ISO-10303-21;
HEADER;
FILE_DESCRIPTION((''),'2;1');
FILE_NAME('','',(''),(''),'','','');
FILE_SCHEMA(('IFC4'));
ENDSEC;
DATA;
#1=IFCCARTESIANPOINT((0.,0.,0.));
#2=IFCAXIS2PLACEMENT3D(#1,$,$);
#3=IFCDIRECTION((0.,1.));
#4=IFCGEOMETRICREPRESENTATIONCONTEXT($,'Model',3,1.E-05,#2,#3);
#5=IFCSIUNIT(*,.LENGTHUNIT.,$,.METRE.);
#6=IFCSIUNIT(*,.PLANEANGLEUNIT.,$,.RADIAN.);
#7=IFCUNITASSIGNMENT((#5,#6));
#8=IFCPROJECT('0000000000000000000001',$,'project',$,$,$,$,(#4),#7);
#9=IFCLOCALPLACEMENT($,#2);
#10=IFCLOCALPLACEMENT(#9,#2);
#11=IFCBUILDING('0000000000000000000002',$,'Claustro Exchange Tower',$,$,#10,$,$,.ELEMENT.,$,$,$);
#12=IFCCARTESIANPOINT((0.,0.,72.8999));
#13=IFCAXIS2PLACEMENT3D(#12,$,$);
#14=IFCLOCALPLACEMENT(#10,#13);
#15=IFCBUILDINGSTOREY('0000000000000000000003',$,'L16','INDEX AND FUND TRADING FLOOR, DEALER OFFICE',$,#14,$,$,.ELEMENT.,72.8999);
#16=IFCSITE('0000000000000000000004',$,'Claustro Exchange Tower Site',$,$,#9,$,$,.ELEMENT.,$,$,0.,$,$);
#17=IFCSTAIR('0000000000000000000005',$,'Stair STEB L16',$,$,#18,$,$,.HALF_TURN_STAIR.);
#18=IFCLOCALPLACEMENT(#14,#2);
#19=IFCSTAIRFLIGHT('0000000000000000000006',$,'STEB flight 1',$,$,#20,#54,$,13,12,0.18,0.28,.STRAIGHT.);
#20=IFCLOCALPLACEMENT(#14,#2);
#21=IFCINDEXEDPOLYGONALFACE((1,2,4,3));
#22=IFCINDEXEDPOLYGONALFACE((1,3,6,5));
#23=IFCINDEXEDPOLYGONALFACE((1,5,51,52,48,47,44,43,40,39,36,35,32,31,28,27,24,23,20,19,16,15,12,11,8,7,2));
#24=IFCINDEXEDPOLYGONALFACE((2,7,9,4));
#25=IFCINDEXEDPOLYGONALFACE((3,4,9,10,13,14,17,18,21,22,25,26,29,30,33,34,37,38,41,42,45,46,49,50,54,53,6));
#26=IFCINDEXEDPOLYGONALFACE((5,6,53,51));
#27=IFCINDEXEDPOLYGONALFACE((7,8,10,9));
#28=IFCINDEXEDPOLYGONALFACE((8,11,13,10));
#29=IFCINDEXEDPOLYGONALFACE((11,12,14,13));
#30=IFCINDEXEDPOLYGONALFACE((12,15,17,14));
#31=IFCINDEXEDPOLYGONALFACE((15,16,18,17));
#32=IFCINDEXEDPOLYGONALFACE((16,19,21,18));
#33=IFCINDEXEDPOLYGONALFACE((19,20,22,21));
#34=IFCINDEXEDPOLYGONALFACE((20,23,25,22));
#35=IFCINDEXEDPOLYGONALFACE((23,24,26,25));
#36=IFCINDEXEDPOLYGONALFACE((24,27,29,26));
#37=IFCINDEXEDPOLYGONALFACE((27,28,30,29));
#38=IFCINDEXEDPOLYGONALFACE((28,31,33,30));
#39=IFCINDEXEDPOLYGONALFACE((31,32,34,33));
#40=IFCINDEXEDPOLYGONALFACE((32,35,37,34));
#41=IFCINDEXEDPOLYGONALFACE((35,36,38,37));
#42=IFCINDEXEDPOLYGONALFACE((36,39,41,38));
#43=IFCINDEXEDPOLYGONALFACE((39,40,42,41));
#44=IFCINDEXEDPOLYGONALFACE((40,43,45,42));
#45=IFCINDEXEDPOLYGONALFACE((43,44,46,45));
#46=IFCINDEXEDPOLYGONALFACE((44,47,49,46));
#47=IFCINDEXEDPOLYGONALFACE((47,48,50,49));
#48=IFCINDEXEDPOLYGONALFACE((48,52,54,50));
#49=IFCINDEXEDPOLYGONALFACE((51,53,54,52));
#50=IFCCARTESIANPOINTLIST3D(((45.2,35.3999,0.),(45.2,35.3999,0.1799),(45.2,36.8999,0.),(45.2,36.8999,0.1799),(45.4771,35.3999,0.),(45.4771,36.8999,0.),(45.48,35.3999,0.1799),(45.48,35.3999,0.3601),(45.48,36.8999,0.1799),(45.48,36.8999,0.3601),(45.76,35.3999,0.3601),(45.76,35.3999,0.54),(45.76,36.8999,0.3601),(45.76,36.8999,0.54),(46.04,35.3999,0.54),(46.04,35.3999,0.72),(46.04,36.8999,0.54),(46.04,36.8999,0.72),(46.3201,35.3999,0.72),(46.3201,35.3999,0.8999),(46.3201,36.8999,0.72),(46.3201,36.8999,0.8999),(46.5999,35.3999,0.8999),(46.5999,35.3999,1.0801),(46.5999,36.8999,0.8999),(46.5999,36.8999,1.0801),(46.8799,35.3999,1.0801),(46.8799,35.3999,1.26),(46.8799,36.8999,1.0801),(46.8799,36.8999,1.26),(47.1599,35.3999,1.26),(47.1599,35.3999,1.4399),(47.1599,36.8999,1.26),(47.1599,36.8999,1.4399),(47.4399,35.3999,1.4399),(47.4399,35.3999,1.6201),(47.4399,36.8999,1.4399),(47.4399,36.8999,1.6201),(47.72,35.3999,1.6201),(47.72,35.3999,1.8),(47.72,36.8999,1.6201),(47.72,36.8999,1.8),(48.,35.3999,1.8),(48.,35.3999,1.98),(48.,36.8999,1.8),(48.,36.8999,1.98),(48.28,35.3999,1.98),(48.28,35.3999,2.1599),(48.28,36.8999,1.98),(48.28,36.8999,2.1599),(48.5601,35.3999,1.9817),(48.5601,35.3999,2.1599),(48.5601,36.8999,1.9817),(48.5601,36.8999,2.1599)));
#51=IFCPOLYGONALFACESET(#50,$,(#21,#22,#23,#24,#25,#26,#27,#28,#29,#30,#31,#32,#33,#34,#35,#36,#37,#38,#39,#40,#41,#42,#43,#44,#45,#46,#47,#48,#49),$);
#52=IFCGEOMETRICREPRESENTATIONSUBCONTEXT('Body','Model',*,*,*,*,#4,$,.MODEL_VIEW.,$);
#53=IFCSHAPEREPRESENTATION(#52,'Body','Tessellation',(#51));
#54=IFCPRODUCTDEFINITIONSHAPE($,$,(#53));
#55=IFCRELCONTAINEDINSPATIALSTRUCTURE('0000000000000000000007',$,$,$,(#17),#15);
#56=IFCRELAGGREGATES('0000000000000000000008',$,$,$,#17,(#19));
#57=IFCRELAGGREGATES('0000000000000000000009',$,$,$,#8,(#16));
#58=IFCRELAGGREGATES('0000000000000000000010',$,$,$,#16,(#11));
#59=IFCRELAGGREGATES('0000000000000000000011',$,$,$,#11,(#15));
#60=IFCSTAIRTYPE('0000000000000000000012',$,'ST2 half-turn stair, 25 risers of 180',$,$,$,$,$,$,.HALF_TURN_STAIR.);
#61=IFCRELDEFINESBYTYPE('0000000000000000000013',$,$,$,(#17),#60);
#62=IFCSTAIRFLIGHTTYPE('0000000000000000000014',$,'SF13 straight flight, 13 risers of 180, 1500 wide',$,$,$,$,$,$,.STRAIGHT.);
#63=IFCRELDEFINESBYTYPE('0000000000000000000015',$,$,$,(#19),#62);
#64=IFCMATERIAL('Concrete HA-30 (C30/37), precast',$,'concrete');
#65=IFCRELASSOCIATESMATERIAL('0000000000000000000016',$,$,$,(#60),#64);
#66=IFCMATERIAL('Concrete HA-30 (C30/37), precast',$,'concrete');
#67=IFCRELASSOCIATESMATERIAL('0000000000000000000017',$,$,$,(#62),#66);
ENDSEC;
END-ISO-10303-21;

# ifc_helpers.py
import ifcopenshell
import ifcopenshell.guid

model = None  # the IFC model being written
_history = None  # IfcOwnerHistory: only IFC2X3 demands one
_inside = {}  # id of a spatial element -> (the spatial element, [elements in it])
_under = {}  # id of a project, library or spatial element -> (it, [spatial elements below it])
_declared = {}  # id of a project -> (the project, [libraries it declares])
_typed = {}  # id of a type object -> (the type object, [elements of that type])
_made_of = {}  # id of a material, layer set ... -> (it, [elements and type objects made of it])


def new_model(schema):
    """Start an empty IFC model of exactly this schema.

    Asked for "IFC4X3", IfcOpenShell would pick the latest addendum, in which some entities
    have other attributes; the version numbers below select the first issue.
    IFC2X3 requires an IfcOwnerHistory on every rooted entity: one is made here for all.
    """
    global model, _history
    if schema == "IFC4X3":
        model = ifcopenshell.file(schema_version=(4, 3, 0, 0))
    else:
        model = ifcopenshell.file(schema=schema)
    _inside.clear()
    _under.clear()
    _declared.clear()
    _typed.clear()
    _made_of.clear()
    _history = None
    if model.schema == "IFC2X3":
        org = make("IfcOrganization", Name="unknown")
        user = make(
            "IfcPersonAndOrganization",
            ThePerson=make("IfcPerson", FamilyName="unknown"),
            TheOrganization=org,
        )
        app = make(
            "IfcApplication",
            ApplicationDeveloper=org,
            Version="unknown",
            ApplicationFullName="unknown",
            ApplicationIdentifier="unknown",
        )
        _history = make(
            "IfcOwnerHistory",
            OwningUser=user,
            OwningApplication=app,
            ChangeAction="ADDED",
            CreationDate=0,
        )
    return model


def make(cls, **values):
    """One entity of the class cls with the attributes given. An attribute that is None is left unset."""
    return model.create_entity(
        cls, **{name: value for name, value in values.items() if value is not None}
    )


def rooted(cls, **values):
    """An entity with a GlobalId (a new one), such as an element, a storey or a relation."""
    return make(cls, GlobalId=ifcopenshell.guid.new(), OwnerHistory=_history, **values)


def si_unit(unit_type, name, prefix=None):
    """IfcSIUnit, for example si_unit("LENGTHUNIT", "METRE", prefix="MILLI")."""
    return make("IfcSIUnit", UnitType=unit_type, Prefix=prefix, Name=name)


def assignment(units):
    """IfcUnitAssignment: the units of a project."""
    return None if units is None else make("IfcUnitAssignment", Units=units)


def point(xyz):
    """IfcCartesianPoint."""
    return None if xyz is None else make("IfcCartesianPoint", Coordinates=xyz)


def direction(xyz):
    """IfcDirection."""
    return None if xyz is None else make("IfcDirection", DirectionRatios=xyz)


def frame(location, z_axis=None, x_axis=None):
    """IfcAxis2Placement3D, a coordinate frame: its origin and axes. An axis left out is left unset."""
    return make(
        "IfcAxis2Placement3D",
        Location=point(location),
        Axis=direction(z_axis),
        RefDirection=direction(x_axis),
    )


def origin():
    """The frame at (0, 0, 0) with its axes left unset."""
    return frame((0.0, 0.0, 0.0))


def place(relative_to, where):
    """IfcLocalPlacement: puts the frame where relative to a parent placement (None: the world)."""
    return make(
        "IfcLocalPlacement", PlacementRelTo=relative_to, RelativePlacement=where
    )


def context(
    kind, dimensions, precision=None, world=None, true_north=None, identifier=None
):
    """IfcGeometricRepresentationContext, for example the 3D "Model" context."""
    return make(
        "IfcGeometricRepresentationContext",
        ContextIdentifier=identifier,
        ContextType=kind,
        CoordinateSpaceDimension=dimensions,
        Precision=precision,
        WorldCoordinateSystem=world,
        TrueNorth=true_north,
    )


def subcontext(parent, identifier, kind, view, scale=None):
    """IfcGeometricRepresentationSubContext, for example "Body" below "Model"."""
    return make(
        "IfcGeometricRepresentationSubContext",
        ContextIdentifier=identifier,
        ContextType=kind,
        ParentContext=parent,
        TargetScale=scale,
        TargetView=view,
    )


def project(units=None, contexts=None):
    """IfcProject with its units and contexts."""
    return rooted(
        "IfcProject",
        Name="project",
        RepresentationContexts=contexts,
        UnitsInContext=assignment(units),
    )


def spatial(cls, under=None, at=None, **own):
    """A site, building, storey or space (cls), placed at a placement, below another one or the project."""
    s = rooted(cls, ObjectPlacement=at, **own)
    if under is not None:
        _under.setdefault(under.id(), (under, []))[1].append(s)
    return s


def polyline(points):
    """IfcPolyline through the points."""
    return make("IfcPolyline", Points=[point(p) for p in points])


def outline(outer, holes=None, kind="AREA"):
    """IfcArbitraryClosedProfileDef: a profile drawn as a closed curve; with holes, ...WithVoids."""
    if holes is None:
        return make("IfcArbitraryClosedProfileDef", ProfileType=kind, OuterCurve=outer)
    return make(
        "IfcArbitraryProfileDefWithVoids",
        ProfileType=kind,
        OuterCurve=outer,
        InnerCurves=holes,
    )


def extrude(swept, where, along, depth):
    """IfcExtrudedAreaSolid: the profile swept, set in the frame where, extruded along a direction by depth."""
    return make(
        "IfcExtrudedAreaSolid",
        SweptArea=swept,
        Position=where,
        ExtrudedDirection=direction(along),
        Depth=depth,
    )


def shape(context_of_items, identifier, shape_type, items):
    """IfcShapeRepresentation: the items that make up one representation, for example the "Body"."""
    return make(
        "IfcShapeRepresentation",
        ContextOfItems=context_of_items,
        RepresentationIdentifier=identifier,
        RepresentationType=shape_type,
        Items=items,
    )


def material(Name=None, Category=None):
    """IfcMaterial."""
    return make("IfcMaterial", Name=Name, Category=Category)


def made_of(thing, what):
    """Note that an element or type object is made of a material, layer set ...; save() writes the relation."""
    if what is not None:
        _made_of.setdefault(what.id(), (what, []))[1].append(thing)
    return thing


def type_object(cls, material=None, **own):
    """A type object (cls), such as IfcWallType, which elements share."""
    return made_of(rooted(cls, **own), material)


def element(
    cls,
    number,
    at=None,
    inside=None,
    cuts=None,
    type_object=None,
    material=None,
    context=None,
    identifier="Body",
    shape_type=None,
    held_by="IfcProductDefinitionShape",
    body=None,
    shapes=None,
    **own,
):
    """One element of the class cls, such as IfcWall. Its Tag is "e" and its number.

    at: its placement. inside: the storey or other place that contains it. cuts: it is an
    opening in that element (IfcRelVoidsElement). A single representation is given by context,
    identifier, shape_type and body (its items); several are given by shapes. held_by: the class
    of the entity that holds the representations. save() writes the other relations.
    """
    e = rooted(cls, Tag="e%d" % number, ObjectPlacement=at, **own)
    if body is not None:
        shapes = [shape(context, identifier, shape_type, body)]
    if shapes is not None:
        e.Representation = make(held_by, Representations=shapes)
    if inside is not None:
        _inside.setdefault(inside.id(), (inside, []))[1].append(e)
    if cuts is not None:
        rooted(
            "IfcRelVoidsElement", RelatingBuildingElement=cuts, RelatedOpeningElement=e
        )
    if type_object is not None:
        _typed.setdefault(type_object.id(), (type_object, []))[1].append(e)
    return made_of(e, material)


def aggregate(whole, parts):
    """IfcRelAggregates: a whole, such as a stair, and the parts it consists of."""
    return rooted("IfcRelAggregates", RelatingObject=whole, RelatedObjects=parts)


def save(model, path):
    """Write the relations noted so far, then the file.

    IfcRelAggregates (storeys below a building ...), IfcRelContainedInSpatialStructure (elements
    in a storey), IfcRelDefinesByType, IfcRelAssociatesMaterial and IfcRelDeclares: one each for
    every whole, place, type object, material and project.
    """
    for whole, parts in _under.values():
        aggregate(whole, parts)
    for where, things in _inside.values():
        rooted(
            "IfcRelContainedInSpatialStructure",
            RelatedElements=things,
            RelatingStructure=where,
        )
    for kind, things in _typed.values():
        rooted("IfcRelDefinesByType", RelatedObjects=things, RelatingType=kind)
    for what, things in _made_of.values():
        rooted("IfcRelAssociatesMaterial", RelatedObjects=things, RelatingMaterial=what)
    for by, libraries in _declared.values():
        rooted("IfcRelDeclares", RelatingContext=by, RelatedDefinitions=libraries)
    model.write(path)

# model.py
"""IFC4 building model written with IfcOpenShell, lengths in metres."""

from ifc_helpers import new_model, si_unit, direction, frame, origin, place, context, subcontext, project, spatial, polyline, outline, extrude, material, type_object, element, aggregate, save


model = new_model("IFC4")

# Units and contexts
model_context = context("Model", 3, precision=1e-05, world=origin(), true_north=direction((0.0, 1.0)))
body_context = subcontext(model_context, "Body", "Model", "MODEL_VIEW")
ifc_project = project(units=[si_unit("LENGTHUNIT", "METRE"), si_unit("PLANEANGLEUNIT", "RADIAN")], contexts=[model_context])

# Site, building, storey
site_placement = place(None, origin())
site = spatial("IfcSite", under=ifc_project, at=site_placement, Name="Claustro Exchange Tower Site", CompositionType="ELEMENT", RefElevation=0.0)
building_placement = place(site_placement, origin())
building = spatial("IfcBuilding", under=site, at=building_placement, Name="Claustro Exchange Tower", CompositionType="ELEMENT")
storey_placement = place(building_placement, frame((0.0, 0.0, 72.8999)))
storey = spatial("IfcBuildingStorey", under=building, at=storey_placement, Name="L16", Description="INDEX AND FUND TRADING FLOOR, DEALER OFFICE", CompositionType="ELEMENT", Elevation=72.8999)

# Stair, stair flight
ifc_material_1 = material(Name="Concrete HA-30 (C30/37), precast", Category="concrete")
stair_type = type_object("IfcStairType", Name="ST2 half-turn stair, 25 risers of 180", PredefinedType="HALF_TURN_STAIR", material=ifc_material_1)
stair_placement = place(storey_placement, origin())
stair = element("IfcStair", 1, at=stair_placement, inside=storey, type_object=stair_type, Name="Stair STEB L16", PredefinedType="HALF_TURN_STAIR")
ifc_material_2 = material(Name="Concrete HA-30 (C30/37), precast", Category="concrete")
stair_flight_type_1 = type_object("IfcStairFlightType", Name="SF13 straight flight, 13 risers of 180, 1500 wide", PredefinedType="STRAIGHT", material=ifc_material_2)
stair_flight_1_placement = place(storey_placement, frame((45.2, 36.1499, 0.0), z_axis=(0.0, 0.0, 1.0), x_axis=(1.0, 0.0, 0.0)))
stair_flight_1 = element("IfcStairFlight", 2, at=stair_flight_1_placement, type_object=stair_flight_type_1, Name="STEB flight 1", NumberOfRisers=13, NumberOfTreads=12, PredefinedType="STRAIGHT", RiserHeight=0.18, TreadLength=0.28, context=body_context, shape_type="SweptSolid", body=[
    extrude(outline(polyline([(0.0, 0.0), (0.0, 0.1799), (0.28, 0.1799), (0.28, 0.3601), (0.5601, 0.3601), (0.5601, 0.54), (0.8401, 0.54), (0.8401, 0.72), (1.1201, 0.72), (1.1201, 0.8999), (1.3999, 0.8999), (1.3999, 1.0801), (1.6799, 1.0801), (1.6799, 1.26), (1.96, 1.26), (1.96, 1.4399), (2.24, 1.4399), (2.24, 1.6201), (2.52, 1.6201), (2.52, 1.8), (2.8, 1.8), (2.8, 1.98), (3.0801, 1.98), (3.0801, 2.1599), (3.3601, 2.1599), (3.3601, 2.3401), (3.3601, 1.9817), (0.2771, 0.0), (0.0, 0.0)])), frame((0.0, 0.75, 0.0), z_axis=(0.0, -1.0, 0.0), x_axis=(1.0, 0.0, 0.0)), (0.0, 0.0, 1.0), 1.5),
])
aggregate(stair, [stair_flight_1])

save(model, "model.ifc")
